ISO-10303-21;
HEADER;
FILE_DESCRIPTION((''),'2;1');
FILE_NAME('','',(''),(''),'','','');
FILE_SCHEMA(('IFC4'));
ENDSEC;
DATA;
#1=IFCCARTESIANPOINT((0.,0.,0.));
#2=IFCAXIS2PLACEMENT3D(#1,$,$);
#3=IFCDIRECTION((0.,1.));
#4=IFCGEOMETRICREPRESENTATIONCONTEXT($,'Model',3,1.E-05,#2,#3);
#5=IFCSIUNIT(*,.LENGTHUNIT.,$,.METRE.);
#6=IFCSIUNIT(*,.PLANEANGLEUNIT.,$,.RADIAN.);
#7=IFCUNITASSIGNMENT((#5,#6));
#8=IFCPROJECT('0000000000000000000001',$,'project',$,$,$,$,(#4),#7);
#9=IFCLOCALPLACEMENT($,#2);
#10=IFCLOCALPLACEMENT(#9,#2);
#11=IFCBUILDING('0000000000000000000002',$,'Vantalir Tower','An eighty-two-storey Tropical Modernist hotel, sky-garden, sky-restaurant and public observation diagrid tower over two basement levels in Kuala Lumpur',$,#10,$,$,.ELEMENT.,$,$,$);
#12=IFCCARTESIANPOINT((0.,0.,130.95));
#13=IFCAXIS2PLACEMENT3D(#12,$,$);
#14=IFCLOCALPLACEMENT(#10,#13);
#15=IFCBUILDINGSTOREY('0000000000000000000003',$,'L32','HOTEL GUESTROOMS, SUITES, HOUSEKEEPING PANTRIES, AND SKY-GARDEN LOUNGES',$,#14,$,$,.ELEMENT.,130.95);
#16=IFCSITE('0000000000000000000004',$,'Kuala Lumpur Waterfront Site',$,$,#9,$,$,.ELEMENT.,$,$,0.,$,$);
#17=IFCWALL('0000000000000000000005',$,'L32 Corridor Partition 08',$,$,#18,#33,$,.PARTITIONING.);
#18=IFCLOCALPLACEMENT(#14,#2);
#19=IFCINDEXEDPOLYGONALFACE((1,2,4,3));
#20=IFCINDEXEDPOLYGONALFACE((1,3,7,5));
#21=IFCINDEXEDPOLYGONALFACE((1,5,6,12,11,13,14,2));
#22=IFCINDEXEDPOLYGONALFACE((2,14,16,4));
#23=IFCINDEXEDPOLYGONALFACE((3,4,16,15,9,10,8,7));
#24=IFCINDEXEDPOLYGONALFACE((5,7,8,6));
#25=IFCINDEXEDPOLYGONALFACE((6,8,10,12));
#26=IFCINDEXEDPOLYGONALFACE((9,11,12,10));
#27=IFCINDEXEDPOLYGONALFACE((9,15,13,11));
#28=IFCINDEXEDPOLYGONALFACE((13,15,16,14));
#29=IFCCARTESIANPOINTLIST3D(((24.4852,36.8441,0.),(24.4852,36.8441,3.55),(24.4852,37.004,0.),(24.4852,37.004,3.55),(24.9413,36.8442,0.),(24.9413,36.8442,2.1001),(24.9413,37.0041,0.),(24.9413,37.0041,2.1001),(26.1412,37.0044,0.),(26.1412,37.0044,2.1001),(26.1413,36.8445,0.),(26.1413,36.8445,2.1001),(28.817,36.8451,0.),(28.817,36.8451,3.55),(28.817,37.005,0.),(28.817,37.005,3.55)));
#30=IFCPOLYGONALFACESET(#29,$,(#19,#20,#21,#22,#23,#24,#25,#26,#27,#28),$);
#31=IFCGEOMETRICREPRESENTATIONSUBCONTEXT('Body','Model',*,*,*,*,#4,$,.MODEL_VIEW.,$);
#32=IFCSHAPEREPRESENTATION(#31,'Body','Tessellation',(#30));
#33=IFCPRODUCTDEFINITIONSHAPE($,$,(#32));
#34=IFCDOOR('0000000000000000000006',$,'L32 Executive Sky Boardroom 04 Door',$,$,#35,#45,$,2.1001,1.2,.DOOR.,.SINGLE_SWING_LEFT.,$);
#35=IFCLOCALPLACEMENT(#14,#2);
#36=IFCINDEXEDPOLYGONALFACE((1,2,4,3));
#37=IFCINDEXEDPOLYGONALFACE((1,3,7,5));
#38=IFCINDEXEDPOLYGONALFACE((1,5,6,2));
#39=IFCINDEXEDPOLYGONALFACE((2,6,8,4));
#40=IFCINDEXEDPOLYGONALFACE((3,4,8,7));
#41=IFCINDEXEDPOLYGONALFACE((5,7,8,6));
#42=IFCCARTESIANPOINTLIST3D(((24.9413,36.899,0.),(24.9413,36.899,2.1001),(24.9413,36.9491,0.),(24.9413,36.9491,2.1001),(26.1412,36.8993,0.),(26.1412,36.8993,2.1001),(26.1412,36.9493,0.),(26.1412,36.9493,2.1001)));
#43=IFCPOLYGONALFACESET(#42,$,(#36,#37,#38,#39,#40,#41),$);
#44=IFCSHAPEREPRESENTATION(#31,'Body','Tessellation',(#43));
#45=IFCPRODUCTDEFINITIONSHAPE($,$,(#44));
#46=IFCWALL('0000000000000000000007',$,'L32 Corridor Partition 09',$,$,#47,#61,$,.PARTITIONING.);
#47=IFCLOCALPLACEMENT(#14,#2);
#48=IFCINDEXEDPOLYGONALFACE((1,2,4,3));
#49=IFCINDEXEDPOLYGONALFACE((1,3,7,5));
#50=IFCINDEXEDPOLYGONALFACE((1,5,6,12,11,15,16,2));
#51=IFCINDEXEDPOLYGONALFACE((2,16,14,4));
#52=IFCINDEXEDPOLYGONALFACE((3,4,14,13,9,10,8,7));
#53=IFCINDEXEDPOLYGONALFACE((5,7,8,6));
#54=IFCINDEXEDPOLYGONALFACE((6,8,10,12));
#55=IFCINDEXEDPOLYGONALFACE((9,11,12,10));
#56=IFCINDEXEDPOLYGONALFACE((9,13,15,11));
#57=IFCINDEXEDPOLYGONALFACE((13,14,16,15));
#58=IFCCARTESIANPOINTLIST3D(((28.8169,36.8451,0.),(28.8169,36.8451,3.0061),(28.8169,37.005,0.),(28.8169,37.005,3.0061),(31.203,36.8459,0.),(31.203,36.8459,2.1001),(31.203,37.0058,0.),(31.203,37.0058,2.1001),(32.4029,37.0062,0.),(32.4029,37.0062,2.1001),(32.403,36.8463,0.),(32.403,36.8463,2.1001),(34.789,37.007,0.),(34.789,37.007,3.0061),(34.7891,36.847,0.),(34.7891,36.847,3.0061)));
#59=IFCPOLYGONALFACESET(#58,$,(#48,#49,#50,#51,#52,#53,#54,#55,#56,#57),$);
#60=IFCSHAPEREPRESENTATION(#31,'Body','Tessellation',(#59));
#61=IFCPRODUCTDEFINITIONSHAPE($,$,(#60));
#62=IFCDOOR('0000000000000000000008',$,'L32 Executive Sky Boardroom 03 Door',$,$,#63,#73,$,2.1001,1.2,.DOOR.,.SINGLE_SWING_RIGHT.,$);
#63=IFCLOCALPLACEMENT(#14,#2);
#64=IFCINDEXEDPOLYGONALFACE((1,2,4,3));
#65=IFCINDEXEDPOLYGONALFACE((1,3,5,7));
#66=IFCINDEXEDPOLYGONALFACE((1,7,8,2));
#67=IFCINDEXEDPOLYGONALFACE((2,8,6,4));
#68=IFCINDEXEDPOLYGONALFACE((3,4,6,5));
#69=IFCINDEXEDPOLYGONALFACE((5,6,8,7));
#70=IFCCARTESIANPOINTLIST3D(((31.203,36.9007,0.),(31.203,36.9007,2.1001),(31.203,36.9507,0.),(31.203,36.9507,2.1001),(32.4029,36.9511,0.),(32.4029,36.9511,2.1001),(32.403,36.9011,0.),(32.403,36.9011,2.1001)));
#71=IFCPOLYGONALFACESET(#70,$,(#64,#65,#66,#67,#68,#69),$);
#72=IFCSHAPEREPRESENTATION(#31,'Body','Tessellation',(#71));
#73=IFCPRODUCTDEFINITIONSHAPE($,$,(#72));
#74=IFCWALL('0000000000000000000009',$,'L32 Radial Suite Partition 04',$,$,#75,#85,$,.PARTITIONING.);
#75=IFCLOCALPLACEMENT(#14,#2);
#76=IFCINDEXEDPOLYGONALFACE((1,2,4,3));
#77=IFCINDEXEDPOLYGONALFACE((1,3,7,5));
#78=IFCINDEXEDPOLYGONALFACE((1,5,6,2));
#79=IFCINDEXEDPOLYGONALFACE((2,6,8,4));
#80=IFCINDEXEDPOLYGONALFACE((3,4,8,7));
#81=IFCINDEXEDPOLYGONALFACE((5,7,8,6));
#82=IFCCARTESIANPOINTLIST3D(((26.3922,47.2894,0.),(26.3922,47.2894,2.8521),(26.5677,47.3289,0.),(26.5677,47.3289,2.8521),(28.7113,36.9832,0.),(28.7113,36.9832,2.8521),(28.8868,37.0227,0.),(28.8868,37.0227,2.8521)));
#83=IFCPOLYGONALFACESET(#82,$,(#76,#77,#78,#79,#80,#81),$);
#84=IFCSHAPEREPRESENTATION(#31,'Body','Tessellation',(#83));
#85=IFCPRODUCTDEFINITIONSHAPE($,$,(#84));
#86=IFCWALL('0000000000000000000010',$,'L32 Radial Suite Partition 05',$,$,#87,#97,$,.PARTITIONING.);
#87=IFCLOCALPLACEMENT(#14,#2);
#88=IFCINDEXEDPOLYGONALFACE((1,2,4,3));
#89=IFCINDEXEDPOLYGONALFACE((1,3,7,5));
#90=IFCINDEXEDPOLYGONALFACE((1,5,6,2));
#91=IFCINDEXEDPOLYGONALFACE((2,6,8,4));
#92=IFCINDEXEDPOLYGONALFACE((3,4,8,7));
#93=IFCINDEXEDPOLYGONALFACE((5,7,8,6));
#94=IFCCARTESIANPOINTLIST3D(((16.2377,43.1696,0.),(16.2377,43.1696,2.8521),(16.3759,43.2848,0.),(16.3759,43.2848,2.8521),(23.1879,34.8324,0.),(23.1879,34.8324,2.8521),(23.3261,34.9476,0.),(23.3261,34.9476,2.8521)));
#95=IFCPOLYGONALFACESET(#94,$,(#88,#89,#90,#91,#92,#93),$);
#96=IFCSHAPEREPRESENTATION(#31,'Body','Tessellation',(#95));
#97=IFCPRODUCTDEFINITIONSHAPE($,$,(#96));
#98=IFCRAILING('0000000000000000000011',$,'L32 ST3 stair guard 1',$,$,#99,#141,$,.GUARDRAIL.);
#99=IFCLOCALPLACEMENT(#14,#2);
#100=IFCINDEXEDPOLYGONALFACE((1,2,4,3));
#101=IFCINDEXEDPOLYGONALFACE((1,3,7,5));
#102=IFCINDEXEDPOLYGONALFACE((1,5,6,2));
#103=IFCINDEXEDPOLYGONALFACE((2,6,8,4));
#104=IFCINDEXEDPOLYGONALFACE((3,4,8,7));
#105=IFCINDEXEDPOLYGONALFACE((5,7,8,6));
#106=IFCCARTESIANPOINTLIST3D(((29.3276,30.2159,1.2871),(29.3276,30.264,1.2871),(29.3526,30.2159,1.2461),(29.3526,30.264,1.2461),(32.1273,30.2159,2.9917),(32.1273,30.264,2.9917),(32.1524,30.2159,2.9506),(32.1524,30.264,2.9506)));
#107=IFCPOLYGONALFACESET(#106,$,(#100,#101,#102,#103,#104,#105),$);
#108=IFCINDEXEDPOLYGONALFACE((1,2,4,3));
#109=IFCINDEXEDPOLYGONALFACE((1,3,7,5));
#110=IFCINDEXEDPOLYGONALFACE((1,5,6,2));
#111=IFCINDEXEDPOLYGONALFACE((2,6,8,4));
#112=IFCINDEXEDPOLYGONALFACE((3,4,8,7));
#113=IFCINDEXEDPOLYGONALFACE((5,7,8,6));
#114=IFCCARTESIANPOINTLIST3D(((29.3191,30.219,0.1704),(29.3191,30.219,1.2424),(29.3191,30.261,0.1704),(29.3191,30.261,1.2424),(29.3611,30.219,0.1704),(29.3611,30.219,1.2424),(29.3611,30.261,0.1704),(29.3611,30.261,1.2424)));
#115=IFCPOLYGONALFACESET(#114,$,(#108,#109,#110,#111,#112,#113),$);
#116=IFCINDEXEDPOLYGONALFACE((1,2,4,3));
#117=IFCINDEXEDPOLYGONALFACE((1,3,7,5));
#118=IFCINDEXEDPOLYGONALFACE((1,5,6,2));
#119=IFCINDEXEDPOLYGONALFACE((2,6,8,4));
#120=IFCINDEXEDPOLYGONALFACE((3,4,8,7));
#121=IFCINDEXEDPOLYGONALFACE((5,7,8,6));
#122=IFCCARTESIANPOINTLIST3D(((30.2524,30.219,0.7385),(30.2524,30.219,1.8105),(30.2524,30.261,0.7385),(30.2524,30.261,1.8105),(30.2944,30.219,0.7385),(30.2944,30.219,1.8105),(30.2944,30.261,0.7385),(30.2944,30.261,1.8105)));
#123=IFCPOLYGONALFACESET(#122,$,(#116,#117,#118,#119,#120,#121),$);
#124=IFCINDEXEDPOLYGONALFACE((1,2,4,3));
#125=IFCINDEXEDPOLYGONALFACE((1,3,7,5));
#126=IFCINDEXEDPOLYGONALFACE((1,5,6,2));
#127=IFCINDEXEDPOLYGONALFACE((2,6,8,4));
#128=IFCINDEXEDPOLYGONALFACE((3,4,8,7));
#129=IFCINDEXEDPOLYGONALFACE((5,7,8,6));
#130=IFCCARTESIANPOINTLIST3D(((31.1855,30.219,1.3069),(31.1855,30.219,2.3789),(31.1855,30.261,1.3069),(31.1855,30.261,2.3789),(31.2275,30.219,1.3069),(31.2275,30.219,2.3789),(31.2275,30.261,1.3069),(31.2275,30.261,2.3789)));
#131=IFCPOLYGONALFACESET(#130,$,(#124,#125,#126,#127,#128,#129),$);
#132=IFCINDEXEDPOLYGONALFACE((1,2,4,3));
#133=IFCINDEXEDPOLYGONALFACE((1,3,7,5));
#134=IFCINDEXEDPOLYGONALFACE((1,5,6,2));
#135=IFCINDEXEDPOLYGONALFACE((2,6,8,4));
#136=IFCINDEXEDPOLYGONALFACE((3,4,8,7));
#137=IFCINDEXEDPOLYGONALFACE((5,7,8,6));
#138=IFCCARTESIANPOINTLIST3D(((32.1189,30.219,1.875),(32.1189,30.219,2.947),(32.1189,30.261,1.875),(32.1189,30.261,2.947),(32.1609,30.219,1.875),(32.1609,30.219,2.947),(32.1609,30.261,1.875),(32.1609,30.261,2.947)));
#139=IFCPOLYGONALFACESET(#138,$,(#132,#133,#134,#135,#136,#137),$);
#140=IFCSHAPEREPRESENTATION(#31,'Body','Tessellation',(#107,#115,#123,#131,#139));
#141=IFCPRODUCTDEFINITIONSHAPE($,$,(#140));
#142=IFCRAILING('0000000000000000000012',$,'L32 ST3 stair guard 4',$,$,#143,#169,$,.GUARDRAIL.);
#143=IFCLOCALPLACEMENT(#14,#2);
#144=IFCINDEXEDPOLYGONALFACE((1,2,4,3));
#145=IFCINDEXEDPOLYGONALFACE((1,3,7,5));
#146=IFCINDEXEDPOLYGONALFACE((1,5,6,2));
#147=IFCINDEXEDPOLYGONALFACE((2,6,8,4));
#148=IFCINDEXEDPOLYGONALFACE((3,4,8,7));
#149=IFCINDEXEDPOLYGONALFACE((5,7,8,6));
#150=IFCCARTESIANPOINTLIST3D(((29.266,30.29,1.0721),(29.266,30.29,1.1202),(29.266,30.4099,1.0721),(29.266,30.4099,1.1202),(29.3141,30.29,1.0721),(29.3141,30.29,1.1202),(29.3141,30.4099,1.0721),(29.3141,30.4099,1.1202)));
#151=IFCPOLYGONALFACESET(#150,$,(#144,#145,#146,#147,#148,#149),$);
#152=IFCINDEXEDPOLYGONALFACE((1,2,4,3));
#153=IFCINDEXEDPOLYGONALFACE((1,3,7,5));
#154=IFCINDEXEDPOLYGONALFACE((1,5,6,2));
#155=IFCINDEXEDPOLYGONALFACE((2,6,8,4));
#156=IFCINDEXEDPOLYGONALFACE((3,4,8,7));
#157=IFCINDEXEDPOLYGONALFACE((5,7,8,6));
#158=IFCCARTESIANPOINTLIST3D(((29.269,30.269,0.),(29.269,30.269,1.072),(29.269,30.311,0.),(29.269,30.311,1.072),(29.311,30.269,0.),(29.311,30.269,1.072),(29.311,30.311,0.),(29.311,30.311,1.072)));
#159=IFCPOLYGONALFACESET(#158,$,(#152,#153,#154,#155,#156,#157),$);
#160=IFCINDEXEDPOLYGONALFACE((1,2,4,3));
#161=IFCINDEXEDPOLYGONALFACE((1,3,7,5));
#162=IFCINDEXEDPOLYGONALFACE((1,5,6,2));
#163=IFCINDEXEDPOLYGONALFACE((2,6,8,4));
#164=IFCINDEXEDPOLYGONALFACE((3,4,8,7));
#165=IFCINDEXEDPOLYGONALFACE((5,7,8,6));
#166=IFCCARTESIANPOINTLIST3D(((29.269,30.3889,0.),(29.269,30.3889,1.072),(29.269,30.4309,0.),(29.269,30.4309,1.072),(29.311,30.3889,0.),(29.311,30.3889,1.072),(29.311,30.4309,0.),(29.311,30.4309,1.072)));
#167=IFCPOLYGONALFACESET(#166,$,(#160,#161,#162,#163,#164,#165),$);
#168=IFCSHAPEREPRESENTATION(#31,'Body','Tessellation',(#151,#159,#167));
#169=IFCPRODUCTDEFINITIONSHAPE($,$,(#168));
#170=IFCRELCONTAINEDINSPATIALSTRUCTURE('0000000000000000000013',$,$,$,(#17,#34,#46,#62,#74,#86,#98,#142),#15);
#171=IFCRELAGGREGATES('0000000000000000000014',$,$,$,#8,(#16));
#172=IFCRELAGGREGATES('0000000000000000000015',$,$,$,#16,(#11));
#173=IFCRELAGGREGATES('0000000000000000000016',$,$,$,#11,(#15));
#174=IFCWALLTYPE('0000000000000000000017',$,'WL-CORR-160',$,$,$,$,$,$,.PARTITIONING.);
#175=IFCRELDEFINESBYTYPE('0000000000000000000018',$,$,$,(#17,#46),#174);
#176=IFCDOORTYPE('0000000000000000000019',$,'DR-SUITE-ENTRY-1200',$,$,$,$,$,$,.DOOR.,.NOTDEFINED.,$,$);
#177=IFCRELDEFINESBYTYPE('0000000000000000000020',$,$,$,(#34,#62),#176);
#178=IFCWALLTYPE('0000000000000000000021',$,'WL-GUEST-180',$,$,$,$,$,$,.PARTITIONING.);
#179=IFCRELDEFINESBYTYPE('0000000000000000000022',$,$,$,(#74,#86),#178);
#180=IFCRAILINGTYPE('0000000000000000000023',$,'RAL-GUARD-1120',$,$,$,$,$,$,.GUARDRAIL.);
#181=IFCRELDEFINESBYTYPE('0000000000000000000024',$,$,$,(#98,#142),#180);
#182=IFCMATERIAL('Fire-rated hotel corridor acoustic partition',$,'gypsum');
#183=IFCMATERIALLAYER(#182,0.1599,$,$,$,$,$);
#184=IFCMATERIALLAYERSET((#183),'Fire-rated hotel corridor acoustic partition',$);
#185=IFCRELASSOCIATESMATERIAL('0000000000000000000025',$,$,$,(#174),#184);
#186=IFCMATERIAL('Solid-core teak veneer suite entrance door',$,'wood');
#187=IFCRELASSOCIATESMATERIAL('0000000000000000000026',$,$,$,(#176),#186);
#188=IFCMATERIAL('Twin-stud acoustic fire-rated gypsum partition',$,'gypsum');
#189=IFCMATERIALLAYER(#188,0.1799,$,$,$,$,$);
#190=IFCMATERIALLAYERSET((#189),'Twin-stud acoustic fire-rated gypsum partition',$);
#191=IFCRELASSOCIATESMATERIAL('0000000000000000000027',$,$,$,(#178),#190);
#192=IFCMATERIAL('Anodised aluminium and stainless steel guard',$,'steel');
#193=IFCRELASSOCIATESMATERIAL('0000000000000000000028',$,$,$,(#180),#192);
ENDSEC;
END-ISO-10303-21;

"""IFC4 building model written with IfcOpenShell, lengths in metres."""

from ifc_helpers import new_model, si_unit, direction, frame, frame_2d, origin, origin_2d, place, context, subcontext, project, spatial, rectangle, extrude, material, layer, layer_set, type_object, element, fill, save


model = new_model("IFC4")

# Units and contexts
model_context = context("Model", 3, precision=1e-05, world=origin(), true_north=direction((0.0, 1.0)))
body_context = subcontext(model_context, "Body", "Model", "MODEL_VIEW")
ifc_project = project(units=[si_unit("LENGTHUNIT", "METRE"), si_unit("PLANEANGLEUNIT", "RADIAN")], contexts=[model_context])

# Site, building, storey
site_placement = place(None, origin())
site = spatial("IfcSite", under=ifc_project, at=site_placement, Name="Kuala Lumpur Waterfront Site", CompositionType="ELEMENT", RefElevation=0.0)
building_placement = place(site_placement, origin())
building = spatial("IfcBuilding", under=site, at=building_placement, Name="Vantalir Tower", Description="An eighty-two-storey Tropical Modernist hotel, sky-garden, sky-restaurant and public observation diagrid tower over two basement levels in Kuala Lumpur", CompositionType="ELEMENT")
storey_placement = place(building_placement, frame((0.0, 0.0, 130.95)))
storey = spatial("IfcBuildingStorey", under=building, at=storey_placement, Name="L32", Description="HOTEL GUESTROOMS, SUITES, HOUSEKEEPING PANTRIES, AND SKY-GARDEN LOUNGES", CompositionType="ELEMENT", Elevation=130.95)

# Shared definitions
ifc_material_1 = material(Name="Fire-rated hotel corridor acoustic partition", Category="gypsum")
ifc_layer_1 = layer(ifc_material_1, 0.1599)
ifc_layer_set_1 = layer_set([ifc_layer_1], Name="Fire-rated hotel corridor acoustic partition")
wall_type_1 = type_object("IfcWallType", Name="WL-CORR-160", PredefinedType="PARTITIONING", material=ifc_layer_set_1)

# Walls, openings, doors
wall_1_placement = place(storey_placement, frame((24.4851, 36.9241, 0.0), z_axis=(0.0, 0.0, 1.0), x_axis=(1.0, 0.000225, 0.0)))
wall_1 = element("IfcWall", 1, at=wall_1_placement, inside=storey, type_object=wall_type_1, Name="L32 Corridor Partition 08", PredefinedType="PARTITIONING", context=body_context, shape_type="SweptSolid", body=[
    extrude(rectangle(XDim=4.3318, YDim=0.1599, at=frame_2d((2.166, 0.0))), origin(), (0.0, 0.0, 1.0), 3.55),
])
opening_1_placement = place(wall_1_placement, frame((0.4561, 0.0, 0.0)))
opening_1 = element("IfcOpeningElement", 2, at=opening_1_placement, cuts=wall_1, PredefinedType="OPENING", context=body_context, shape_type="SweptSolid", body=[
    extrude(rectangle(XDim=1.2, YDim=2.1001, at=frame_2d((0.6001, 1.05))), frame((0.0, 0.0898, 0.0), z_axis=(0.0, -1.0, 0.0), x_axis=(1.0, 0.0, 0.0)), (0.0, 0.0, 1.0), 0.1799),
])
ifc_material_2 = material(Name="Solid-core teak veneer suite entrance door", Category="wood")
door_type_1 = type_object("IfcDoorType", Name="DR-SUITE-ENTRY-1200", OperationType="NOTDEFINED", PredefinedType="DOOR", material=ifc_material_2)
door_1_placement = place(opening_1_placement, origin())
door_1 = element("IfcDoor", 3, at=door_1_placement, inside=storey, type_object=door_type_1, Name="L32 Executive Sky Boardroom 04 Door", OperationType="SINGLE_SWING_LEFT", OverallHeight=2.1001, OverallWidth=1.2, PredefinedType="DOOR", context=body_context, shape_type="SweptSolid", body=[
    extrude(rectangle(XDim=1.2, YDim=2.1001, at=frame_2d((0.6001, 1.05))), frame((0.0, 0.0249, 0.0), z_axis=(0.0, -1.0, 0.0), x_axis=(1.0, 0.0, 0.0)), (0.0, 0.0, 1.0), 0.05),
])
fill(opening_1, door_1)
wall_2_placement = place(storey_placement, frame((28.8169, 36.925, 0.0), z_axis=(0.0, 0.0, 1.0), x_axis=(1.0, 0.000327, 0.0)))
wall_2 = element("IfcWall", 4, at=wall_2_placement, inside=storey, type_object=wall_type_1, Name="L32 Corridor Partition 09", PredefinedType="PARTITIONING", context=body_context, shape_type="SweptSolid", body=[
    extrude(rectangle(XDim=5.9722, YDim=0.1599, at=frame_2d((2.9861, 0.0))), origin(), (0.0, 0.0, 1.0), 3.0061),
])
opening_2_placement = place(wall_2_placement, frame((2.386, 0.0, 0.0)))
opening_2 = element("IfcOpeningElement", 5, at=opening_2_placement, cuts=wall_2, PredefinedType="OPENING", context=body_context, shape_type="SweptSolid", body=[
    extrude(rectangle(XDim=1.2, YDim=2.1001, at=frame_2d((0.6001, 1.05))), frame((0.0, 0.0898, 0.0), z_axis=(0.0, -1.0, 0.0), x_axis=(1.0, 0.0, 0.0)), (0.0, 0.0, 1.0), 0.1799),
])
door_2_placement = place(opening_2_placement, origin())
door_2 = element("IfcDoor", 6, at=door_2_placement, inside=storey, type_object=door_type_1, Name="L32 Executive Sky Boardroom 03 Door", OperationType="SINGLE_SWING_RIGHT", OverallHeight=2.1001, OverallWidth=1.2, PredefinedType="DOOR", context=body_context, shape_type="SweptSolid", body=[
    extrude(rectangle(XDim=1.2, YDim=2.1001, at=frame_2d((0.6001, 1.05))), frame((0.0, 0.0249, 0.0), z_axis=(0.0, -1.0, 0.0), x_axis=(1.0, 0.0, 0.0)), (0.0, 0.0, 1.0), 0.05),
])
fill(opening_2, door_2)

# Walls
ifc_material_3 = material(Name="Twin-stud acoustic fire-rated gypsum partition", Category="gypsum")
ifc_layer_2 = layer(ifc_material_3, 0.1799)
ifc_layer_set_2 = layer_set([ifc_layer_2], Name="Twin-stud acoustic fire-rated gypsum partition")
wall_type_2 = type_object("IfcWallType", Name="WL-GUEST-180", PredefinedType="PARTITIONING", material=ifc_layer_set_2)
wall_3_placement = place(storey_placement, frame((28.7991, 37.0029, 0.0), z_axis=(0.0, 0.0, 1.0), x_axis=(-0.219531, 0.975606, 0.0)))
element("IfcWall", 7, at=wall_3_placement, inside=storey, type_object=wall_type_2, Name="L32 Radial Suite Partition 04", PredefinedType="PARTITIONING", context=body_context, shape_type="SweptSolid", body=[
    extrude(rectangle(XDim=10.564, YDim=0.1799, at=frame_2d((5.282, 0.0))), origin(), (0.0, 0.0, 1.0), 2.8521),
])
wall_4_placement = place(storey_placement, frame((23.2571, 34.8899, 0.0), z_axis=(0.0, 0.0, 1.0), x_axis=(-0.640324, 0.768105, 0.0)))
element("IfcWall", 8, at=wall_4_placement, inside=storey, type_object=wall_type_2, Name="L32 Radial Suite Partition 05", PredefinedType="PARTITIONING", context=body_context, shape_type="SweptSolid", body=[
    extrude(rectangle(XDim=10.8542, YDim=0.1799, at=frame_2d((5.4272, 0.0))), origin(), (0.0, 0.0, 1.0), 2.8521),
])

# Railings
ifc_material_4 = material(Name="Anodised aluminium and stainless steel guard", Category="steel")
railing_type = type_object("IfcRailingType", Name="RAL-GUARD-1120", PredefinedType="GUARDRAIL", material=ifc_material_4)
railing_1_placement = place(storey_placement, frame((29.3401, 30.24, 0.1704)))
element("IfcRailing", 9, at=railing_1_placement, inside=storey, type_object=railing_type, Name="L32 ST3 stair guard 1", PredefinedType="GUARDRAIL", context=body_context, shape_type="SweptSolid", body=[
    extrude(rectangle(XDim=0.0481, YDim=0.0481, at=origin_2d()), frame((0.0, 0.0, 1.0962), z_axis=(0.85415, 0.0, 0.520027), x_axis=(0.0, 1.0, 0.0)), (0.0, 0.0, 1.0), 3.2778),
    extrude(rectangle(XDim=0.042, YDim=0.042, at=origin_2d()), origin(), (0.0, 0.0, 1.0), 1.072),
    extrude(rectangle(XDim=0.042, YDim=0.042, at=origin_2d()), frame((0.9333, 0.0, 0.5681)), (0.0, 0.0, 1.0), 1.072),
    extrude(rectangle(XDim=0.042, YDim=0.042, at=origin_2d()), frame((1.8665, 0.0, 1.1365)), (0.0, 0.0, 1.0), 1.072),
    extrude(rectangle(XDim=0.042, YDim=0.042, at=origin_2d()), frame((2.7998, 0.0, 1.7046)), (0.0, 0.0, 1.0), 1.072),
])
railing_2_placement = place(storey_placement, frame((29.29, 30.29, 0.0)))
element("IfcRailing", 10, at=railing_2_placement, inside=storey, type_object=railing_type, Name="L32 ST3 stair guard 4", PredefinedType="GUARDRAIL", context=body_context, shape_type="SweptSolid", body=[
    extrude(rectangle(XDim=0.0481, YDim=0.0481, at=origin_2d()), frame((0.0, 0.0, 1.0962), z_axis=(0.0, 1.0, 0.0), x_axis=(-1.0, 0.0, 0.0)), (0.0, 0.0, 1.0), 0.1199),
    extrude(rectangle(XDim=0.042, YDim=0.042, at=origin_2d()), origin(), (0.0, 0.0, 1.0), 1.072),
    extrude(rectangle(XDim=0.042, YDim=0.042, at=origin_2d()), frame((0.0, 0.1199, 0.0)), (0.0, 0.0, 1.0), 1.072),
])

save(model, "model.ifc")
